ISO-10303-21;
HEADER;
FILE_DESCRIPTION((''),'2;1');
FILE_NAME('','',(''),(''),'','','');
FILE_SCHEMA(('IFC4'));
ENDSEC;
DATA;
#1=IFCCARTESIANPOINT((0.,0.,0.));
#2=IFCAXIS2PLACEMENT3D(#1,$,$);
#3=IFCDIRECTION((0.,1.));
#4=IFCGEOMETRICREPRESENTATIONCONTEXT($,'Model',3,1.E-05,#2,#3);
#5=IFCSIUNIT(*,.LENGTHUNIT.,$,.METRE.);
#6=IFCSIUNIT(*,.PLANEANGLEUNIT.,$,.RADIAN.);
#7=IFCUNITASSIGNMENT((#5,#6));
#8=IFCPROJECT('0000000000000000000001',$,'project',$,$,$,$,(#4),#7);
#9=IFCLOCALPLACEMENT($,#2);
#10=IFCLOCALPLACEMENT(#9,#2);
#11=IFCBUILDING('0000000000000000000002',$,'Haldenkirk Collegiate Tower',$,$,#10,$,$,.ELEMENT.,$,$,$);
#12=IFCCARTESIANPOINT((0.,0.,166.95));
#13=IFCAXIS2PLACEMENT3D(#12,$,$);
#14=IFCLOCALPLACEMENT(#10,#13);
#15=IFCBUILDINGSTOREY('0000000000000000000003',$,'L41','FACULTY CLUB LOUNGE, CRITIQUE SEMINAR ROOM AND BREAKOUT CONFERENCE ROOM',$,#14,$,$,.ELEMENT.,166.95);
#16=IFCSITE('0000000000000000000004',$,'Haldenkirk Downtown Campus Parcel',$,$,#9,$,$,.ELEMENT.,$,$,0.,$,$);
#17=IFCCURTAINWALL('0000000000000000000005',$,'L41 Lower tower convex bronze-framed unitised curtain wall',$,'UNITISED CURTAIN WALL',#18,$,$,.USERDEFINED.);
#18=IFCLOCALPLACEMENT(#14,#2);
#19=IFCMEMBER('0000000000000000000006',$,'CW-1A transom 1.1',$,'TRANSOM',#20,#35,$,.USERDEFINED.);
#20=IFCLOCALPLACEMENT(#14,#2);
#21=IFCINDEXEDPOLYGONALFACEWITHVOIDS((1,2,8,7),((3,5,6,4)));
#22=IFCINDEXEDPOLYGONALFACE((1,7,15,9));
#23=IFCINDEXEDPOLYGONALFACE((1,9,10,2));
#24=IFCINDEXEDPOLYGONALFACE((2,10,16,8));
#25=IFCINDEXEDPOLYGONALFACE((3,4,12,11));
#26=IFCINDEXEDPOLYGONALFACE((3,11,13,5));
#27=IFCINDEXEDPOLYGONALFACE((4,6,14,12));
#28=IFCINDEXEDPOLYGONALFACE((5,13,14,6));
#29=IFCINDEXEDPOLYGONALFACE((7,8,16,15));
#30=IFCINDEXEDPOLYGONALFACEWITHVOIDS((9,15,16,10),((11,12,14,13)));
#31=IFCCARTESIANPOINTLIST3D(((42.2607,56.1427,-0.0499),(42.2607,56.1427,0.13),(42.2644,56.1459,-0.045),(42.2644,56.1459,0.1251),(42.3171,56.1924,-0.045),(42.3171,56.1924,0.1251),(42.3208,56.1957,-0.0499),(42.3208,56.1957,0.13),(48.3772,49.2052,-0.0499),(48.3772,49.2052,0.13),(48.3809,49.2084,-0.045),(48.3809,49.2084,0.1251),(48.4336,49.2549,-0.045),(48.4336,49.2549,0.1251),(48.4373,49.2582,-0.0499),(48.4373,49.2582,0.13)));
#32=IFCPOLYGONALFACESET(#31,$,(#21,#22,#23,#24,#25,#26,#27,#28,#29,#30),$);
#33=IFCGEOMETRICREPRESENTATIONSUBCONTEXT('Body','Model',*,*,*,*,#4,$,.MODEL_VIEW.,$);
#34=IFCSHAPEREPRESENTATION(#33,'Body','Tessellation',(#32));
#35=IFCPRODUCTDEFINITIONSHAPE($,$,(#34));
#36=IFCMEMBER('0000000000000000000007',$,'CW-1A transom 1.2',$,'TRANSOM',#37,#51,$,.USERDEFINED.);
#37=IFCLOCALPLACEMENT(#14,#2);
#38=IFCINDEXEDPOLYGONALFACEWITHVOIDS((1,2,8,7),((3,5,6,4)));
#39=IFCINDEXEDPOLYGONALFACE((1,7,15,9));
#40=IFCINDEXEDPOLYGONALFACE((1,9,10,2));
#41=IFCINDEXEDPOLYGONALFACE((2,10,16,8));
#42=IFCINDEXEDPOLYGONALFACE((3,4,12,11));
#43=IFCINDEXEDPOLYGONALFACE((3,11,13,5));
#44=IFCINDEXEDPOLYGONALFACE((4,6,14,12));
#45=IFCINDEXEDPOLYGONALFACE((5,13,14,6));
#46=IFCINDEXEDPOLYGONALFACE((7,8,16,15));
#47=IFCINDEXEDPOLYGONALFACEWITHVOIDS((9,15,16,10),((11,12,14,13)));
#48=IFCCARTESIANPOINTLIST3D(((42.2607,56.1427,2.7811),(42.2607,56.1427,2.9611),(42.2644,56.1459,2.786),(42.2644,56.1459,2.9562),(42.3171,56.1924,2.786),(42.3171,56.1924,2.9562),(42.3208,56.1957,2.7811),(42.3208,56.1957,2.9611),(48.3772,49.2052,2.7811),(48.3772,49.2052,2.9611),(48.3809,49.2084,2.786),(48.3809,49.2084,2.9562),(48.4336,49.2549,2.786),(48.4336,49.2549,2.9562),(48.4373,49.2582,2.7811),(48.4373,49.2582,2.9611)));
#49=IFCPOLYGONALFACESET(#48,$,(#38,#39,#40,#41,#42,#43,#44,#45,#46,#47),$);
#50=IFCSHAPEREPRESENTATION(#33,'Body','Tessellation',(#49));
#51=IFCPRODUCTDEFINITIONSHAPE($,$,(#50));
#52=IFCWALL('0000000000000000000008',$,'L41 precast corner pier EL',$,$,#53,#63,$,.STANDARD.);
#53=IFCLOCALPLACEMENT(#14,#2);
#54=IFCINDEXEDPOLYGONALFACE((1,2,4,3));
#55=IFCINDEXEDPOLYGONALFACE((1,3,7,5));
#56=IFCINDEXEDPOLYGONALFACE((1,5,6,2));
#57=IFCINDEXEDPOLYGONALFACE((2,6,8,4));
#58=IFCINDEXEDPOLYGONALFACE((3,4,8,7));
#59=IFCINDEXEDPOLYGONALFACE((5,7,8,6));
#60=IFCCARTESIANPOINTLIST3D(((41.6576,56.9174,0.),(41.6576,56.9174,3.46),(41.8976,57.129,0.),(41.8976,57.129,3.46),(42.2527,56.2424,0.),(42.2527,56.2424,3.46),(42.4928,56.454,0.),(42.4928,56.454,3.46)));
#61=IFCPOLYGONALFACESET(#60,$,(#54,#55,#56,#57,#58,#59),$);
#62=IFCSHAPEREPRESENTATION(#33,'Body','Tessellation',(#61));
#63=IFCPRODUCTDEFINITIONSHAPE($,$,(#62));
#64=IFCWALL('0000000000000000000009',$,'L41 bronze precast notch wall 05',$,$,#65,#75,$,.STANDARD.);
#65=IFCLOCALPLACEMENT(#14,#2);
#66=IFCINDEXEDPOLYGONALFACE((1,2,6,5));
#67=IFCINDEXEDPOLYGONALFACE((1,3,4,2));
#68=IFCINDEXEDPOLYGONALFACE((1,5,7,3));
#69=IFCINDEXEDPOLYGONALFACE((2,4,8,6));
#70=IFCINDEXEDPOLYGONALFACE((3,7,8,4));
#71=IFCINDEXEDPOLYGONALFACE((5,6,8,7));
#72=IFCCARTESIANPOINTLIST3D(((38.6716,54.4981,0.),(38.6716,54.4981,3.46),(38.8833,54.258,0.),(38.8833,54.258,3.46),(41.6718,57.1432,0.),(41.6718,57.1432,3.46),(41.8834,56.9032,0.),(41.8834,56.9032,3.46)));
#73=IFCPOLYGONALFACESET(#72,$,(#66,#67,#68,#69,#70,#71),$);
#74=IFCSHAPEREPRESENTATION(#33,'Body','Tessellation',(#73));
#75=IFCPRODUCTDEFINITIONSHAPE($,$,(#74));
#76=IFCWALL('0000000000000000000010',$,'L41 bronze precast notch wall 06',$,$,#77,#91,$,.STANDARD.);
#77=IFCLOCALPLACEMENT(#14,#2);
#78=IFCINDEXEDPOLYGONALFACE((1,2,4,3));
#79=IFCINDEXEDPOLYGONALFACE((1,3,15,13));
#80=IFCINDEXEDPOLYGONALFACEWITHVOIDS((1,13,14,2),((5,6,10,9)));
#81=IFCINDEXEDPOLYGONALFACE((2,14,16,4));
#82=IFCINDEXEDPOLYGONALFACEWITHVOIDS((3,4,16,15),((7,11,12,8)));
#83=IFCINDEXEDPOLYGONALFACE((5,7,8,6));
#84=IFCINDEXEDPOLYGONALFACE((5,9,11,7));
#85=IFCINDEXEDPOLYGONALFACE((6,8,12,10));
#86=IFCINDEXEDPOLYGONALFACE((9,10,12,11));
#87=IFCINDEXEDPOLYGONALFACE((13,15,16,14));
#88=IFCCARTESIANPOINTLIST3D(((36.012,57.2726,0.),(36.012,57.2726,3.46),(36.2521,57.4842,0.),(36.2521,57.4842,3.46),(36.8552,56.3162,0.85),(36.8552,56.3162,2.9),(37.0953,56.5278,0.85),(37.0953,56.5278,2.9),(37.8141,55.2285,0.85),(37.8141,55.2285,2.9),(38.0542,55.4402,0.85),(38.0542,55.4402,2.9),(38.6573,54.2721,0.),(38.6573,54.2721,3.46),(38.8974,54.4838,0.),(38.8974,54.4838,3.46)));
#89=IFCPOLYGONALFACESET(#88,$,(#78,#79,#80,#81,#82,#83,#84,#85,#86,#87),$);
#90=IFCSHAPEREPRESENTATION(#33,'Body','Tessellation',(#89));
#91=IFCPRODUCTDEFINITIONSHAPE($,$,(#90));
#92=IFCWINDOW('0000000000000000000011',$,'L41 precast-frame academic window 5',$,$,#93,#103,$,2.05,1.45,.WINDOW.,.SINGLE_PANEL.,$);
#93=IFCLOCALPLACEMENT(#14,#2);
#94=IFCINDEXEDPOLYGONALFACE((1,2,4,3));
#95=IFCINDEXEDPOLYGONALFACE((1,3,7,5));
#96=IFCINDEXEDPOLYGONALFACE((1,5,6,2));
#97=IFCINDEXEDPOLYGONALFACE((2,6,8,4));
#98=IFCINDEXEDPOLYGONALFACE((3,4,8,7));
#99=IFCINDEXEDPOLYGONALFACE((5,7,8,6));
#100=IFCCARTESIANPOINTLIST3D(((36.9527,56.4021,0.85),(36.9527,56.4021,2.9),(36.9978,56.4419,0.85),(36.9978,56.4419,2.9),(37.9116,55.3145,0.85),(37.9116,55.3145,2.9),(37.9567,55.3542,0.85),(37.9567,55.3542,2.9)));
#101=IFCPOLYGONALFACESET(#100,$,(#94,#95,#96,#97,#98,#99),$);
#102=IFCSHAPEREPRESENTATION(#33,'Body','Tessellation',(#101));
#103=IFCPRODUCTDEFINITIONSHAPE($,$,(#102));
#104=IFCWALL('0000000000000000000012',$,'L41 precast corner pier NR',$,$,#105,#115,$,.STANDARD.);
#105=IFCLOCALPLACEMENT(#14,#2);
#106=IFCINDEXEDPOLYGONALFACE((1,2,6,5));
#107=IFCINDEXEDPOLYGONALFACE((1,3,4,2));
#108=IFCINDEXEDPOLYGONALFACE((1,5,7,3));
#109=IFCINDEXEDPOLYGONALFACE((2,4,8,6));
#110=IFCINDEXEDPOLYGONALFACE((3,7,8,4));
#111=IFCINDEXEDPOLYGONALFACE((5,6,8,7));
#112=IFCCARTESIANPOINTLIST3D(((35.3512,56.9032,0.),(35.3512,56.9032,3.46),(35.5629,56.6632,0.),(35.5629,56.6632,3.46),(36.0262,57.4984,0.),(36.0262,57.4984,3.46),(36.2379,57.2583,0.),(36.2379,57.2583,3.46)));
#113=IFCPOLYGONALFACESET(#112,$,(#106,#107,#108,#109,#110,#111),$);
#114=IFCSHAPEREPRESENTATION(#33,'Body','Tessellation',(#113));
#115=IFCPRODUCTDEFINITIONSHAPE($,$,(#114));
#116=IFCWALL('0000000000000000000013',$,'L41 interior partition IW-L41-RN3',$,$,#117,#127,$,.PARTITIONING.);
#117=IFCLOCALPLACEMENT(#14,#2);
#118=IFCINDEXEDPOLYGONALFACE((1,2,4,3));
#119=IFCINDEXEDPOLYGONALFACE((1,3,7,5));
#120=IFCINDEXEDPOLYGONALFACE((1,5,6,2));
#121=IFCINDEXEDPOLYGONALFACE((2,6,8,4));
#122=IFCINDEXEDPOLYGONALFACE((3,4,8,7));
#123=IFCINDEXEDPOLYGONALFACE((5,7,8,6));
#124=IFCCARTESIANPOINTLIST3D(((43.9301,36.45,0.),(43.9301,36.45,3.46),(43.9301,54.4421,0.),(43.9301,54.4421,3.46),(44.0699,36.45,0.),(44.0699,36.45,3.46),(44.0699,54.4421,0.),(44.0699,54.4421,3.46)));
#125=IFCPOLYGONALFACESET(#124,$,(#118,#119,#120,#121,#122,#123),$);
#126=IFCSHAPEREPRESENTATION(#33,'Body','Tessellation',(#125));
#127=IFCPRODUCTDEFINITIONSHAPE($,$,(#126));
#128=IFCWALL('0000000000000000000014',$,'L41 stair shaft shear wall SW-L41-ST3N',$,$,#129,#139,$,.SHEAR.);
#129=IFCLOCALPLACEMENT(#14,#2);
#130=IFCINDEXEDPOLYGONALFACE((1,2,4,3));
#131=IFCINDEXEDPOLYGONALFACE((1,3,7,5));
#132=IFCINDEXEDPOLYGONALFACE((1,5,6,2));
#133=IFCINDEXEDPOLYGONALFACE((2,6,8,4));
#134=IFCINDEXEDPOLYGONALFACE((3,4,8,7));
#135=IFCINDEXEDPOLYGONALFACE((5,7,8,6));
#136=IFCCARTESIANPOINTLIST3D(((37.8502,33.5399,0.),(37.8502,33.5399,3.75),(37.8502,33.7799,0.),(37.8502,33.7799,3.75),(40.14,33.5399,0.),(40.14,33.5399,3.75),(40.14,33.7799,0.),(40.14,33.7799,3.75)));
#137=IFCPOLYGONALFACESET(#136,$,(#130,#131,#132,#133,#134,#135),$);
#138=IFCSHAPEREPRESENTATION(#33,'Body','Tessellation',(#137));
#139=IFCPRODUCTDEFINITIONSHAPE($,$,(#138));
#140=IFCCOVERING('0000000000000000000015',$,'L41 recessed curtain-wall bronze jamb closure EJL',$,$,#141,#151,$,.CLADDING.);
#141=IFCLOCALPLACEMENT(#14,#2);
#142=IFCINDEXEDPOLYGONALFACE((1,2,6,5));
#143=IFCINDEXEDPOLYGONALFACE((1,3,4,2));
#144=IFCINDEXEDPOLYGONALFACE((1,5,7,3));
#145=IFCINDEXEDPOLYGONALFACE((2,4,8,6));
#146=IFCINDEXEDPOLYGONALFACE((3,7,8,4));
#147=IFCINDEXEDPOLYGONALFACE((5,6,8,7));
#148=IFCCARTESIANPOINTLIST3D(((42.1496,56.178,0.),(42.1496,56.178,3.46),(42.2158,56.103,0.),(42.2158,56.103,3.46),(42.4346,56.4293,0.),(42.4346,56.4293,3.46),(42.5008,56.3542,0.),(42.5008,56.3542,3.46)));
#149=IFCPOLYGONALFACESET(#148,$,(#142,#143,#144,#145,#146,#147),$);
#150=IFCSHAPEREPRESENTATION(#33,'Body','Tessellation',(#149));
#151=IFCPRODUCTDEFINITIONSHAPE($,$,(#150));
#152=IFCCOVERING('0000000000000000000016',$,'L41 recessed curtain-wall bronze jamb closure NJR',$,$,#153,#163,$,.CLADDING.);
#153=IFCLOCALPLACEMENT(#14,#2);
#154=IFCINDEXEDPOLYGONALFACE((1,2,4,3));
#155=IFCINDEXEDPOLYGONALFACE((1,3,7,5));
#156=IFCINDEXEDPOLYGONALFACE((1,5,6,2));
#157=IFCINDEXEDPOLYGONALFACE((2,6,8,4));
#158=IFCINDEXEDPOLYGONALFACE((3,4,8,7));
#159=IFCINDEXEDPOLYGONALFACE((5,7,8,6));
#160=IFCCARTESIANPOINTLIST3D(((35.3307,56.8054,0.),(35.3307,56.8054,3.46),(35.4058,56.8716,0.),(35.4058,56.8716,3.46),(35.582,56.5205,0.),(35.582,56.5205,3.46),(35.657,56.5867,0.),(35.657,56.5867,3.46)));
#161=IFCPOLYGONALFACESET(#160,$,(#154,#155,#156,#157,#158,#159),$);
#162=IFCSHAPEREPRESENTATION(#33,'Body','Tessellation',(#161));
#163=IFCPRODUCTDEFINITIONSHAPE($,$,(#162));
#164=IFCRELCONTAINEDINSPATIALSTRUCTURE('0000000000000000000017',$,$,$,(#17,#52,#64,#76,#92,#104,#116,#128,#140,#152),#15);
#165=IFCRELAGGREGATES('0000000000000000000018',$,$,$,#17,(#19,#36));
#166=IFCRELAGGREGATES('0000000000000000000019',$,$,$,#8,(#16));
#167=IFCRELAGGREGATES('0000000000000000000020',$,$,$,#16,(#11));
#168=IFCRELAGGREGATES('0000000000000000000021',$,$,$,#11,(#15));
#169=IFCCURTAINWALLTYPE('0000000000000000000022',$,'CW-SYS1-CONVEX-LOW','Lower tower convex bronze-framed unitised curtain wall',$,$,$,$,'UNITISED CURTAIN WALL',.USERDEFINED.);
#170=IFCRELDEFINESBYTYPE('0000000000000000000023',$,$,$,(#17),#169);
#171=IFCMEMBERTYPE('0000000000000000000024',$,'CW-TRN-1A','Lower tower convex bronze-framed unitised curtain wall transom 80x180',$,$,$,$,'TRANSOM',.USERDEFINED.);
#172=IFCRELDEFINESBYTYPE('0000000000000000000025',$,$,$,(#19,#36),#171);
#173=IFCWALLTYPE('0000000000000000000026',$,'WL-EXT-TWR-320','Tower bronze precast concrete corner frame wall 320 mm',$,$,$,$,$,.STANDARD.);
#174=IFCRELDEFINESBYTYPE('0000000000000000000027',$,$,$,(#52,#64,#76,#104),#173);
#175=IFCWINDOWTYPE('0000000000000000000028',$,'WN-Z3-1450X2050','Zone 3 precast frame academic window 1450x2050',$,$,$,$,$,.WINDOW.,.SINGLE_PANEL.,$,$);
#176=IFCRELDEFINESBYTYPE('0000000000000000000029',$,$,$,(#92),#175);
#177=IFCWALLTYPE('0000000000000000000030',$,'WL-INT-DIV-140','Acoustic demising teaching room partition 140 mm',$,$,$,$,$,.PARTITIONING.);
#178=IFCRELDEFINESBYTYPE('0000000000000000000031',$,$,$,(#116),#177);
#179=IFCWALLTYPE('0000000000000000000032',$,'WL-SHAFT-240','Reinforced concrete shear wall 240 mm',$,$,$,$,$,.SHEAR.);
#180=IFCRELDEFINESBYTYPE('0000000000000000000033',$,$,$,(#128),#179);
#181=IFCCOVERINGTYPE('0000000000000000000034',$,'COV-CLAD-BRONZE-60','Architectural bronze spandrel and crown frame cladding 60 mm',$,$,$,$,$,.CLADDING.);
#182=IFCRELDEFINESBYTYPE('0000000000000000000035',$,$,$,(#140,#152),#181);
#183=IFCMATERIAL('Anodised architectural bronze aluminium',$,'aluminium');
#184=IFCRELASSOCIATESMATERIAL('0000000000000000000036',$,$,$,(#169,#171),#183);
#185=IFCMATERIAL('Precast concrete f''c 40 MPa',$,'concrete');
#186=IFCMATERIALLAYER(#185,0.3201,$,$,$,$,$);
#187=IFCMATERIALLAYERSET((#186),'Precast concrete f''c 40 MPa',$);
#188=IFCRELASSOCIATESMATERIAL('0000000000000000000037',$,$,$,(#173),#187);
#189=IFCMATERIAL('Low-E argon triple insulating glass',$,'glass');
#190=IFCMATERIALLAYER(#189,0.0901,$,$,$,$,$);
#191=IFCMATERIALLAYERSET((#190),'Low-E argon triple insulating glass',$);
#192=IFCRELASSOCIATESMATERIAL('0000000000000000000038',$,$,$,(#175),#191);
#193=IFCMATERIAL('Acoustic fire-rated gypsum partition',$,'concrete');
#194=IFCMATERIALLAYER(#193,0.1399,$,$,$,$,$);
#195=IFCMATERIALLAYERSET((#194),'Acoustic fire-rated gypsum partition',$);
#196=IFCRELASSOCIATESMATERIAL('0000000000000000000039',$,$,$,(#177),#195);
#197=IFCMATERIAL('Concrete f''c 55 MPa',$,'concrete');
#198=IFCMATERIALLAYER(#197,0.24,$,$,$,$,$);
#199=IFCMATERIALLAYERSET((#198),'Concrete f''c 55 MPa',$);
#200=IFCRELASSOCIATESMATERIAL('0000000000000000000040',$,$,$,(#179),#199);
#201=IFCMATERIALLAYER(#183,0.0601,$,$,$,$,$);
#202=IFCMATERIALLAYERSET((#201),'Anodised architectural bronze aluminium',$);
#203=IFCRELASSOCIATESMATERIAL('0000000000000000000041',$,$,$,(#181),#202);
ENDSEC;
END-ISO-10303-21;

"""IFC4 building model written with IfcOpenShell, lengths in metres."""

from ifc_helpers import new_model, si_unit, direction, frame, frame_2d, origin, origin_2d, place, context, subcontext, project, spatial, rectangle, hollow_rectangle, extrude, source, transform, mapped, material, layer, layer_set, material_profile, profile_set, type_object, element, fill, aggregate, save


model = new_model("IFC4")

# Units and contexts
model_context = context("Model", 3, precision=1e-05, world=origin(), true_north=direction((0.0, 1.0)))
body_context = subcontext(model_context, "Body", "Model", "MODEL_VIEW")
ifc_project = project(units=[si_unit("LENGTHUNIT", "METRE"), si_unit("PLANEANGLEUNIT", "RADIAN")], contexts=[model_context])

# Site, building, storey
site_placement = place(None, origin())
site = spatial("IfcSite", under=ifc_project, at=site_placement, Name="Haldenkirk Downtown Campus Parcel", CompositionType="ELEMENT", RefElevation=0.0)
building_placement = place(site_placement, origin())
building = spatial("IfcBuilding", under=site, at=building_placement, Name="Haldenkirk Collegiate Tower", CompositionType="ELEMENT")
storey_placement = place(building_placement, frame((0.0, 0.0, 166.95)))
storey = spatial("IfcBuildingStorey", under=building, at=storey_placement, Name="L41", Description="FACULTY CLUB LOUNGE, CRITIQUE SEMINAR ROOM AND BREAKOUT CONFERENCE ROOM", CompositionType="ELEMENT", Elevation=166.95)

# Curtain wall
ifc_material_1 = material(Name="Anodised architectural bronze aluminium", Category="aluminium")
curtain_wall_type = type_object("IfcCurtainWallType", Name="CW-SYS1-CONVEX-LOW", Description="Lower tower convex bronze-framed unitised curtain wall", ElementType="UNITISED CURTAIN WALL", PredefinedType="USERDEFINED", material=ifc_material_1)
curtain_wall_1_placement = place(storey_placement, origin())
curtain_wall_1 = element("IfcCurtainWall", 1, at=curtain_wall_1_placement, inside=storey, type_object=curtain_wall_type, Name="L41 Lower tower convex bronze-framed unitised curtain wall", ObjectType="UNITISED CURTAIN WALL", PredefinedType="USERDEFINED")

# Members
ifc_material_profile_1 = material_profile(ifc_material_1, hollow_rectangle(XDim=0.0801, YDim=0.1799, WallThickness=0.0049, at=origin_2d()), Name="CW-TRN-1A")
ifc_profile_set_1 = profile_set([ifc_material_profile_1], Name="Anodised architectural bronze aluminium")
member_type_1 = type_object("IfcMemberType", Name="CW-TRN-1A", Description="Lower tower convex bronze-framed unitised curtain wall transom 80x180", ElementType="TRANSOM", PredefinedType="USERDEFINED", material=ifc_profile_set_1)
member_1_placement = place(storey_placement, frame((42.2908, 56.1692, 0.04), z_axis=(0.661326, -0.750099, 0.0), x_axis=(0.750099, 0.661326, 0.0)))
member_1 = element("IfcMember", 2, at=member_1_placement, type_object=member_type_1, Name="CW-1A transom 1.1", ObjectType="TRANSOM", PredefinedType="USERDEFINED", context=body_context, shape_type="SweptSolid", body=[
    extrude(hollow_rectangle(XDim=0.0801, YDim=0.1799, WallThickness=0.0049, at=origin_2d()), origin(), (0.0, 0.0, 1.0), 9.2488),
])
member_2_placement = place(storey_placement, frame((42.2908, 56.1692, 2.8711), z_axis=(0.661326, -0.750099, 0.0), x_axis=(0.750099, 0.661326, 0.0)))
member_2 = element("IfcMember", 3, at=member_2_placement, type_object=member_type_1, Name="CW-1A transom 1.2", ObjectType="TRANSOM", PredefinedType="USERDEFINED", context=body_context, shape_type="SweptSolid", body=[
    extrude(hollow_rectangle(XDim=0.0801, YDim=0.1799, WallThickness=0.0049, at=origin_2d()), origin(), (0.0, 0.0, 1.0), 9.2488),
])
aggregate(curtain_wall_1, [member_1, member_2])

# Walls
ifc_material_2 = material(Name="Precast concrete f'c 40 MPa", Category="concrete")
ifc_layer_1 = layer(ifc_material_2, 0.3201)
ifc_layer_set_1 = layer_set([ifc_layer_1], Name="Precast concrete f'c 40 MPa")
wall_type_1 = type_object("IfcWallType", Name="WL-EXT-TWR-320", Description="Tower bronze precast concrete corner frame wall 320 mm", PredefinedType="STANDARD", material=ifc_layer_set_1)
wall_1_placement = place(storey_placement, frame((41.7776, 57.0232, 0.0), z_axis=(0.0, 0.0, 1.0), x_axis=(0.661361, -0.750067, 0.0)))
element("IfcWall", 4, at=wall_1_placement, inside=storey, type_object=wall_type_1, Name="L41 precast corner pier EL", PredefinedType="STANDARD", context=body_context, shape_type="SweptSolid", body=[
    extrude(rectangle(XDim=0.8999, YDim=0.3201, at=frame_2d((0.45, 0.0))), origin(), (0.0, 0.0, 1.0), 3.46),
])
wall_2_placement = place(storey_placement, frame((38.7773, 54.3779, 0.0), z_axis=(0.0, 0.0, 1.0), x_axis=(0.750087, 0.661339, 0.0)))
element("IfcWall", 5, at=wall_2_placement, inside=storey, type_object=wall_type_1, Name="L41 bronze precast notch wall 05", PredefinedType="STANDARD", context=body_context, shape_type="SweptSolid", body=[
    extrude(rectangle(XDim=3.9998, YDim=0.3201, at=frame_2d((2.0, 0.0))), origin(), (0.0, 0.0, 1.0), 3.46),
])

# Wall, opening, window
wall_3_placement = place(storey_placement, frame((36.1321, 57.3784, 0.0), z_axis=(0.0, 0.0, 1.0), x_axis=(0.661309, -0.750114, 0.0)))
wall_3 = element("IfcWall", 6, at=wall_3_placement, inside=storey, type_object=wall_type_1, Name="L41 bronze precast notch wall 06", PredefinedType="STANDARD", context=body_context, shape_type="SweptSolid", body=[
    extrude(rectangle(XDim=4.0, YDim=0.3201, at=frame_2d((2.0, 0.0))), origin(), (0.0, 0.0, 1.0), 3.46),
])
opening_placement = place(wall_3_placement, frame((1.2749, 0.0, 0.8501)))
opening = element("IfcOpeningElement", 7, at=opening_placement, cuts=wall_3, PredefinedType="OPENING", context=body_context, shape_type="SweptSolid", body=[
    extrude(rectangle(XDim=1.45, YDim=2.05, at=frame_2d((0.7251, 1.0249))), frame((0.0, 0.1699, 0.0), z_axis=(0.0, -1.0, 0.0), x_axis=(1.0, 0.0, 0.0)), (0.0, 0.0, 1.0), 0.3401),
])
ifc_material_3 = material(Name="Low-E argon triple insulating glass", Category="glass")
ifc_layer_2 = layer(ifc_material_3, 0.0901)
ifc_layer_set_2 = layer_set([ifc_layer_2], Name="Low-E argon triple insulating glass")
window_type = type_object("IfcWindowType", Name="WN-Z3-1450X2050", Description="Zone 3 precast frame academic window 1450x2050", PartitioningType="SINGLE_PANEL", PredefinedType="WINDOW", material=ifc_layer_set_2)
window_placement = place(opening_placement, origin())
window = element("IfcWindow", 8, at=window_placement, inside=storey, type_object=window_type, Name="L41 precast-frame academic window 5", OverallHeight=2.05, OverallWidth=1.45, PartitioningType="SINGLE_PANEL", PredefinedType="WINDOW", context=body_context, shape_type="SweptSolid", body=[
    extrude(rectangle(XDim=1.45, YDim=2.05, at=frame_2d((0.7251, 1.0249))), frame((0.0, 0.03, 0.0), z_axis=(0.0, -1.0, 0.0), x_axis=(1.0, 0.0, 0.0)), (0.0, 0.0, 1.0), 0.0601),
])
fill(opening, window)

# Walls
wall_4_placement = place(storey_placement, frame((35.457, 56.7832, 0.0), z_axis=(0.0, 0.0, 1.0), x_axis=(0.750067, 0.661361, 0.0)))
element("IfcWall", 9, at=wall_4_placement, inside=storey, type_object=wall_type_1, Name="L41 precast corner pier NR", PredefinedType="STANDARD", context=body_context, shape_type="SweptSolid", body=[
    extrude(rectangle(XDim=0.8999, YDim=0.3201, at=frame_2d((0.45, 0.0))), origin(), (0.0, 0.0, 1.0), 3.46),
])
ifc_material_4 = material(Name="Acoustic fire-rated gypsum partition", Category="concrete")
ifc_layer_3 = layer(ifc_material_4, 0.1399)
ifc_layer_set_3 = layer_set([ifc_layer_3], Name="Acoustic fire-rated gypsum partition")
wall_type_2 = type_object("IfcWallType", Name="WL-INT-DIV-140", Description="Acoustic demising teaching room partition 140 mm", PredefinedType="PARTITIONING", material=ifc_layer_set_3)
wall_5_placement = place(storey_placement, frame((44.0, 36.45, 0.0), z_axis=(0.0, 0.0, 1.0), x_axis=(0.0, 1.0, 0.0)))
element("IfcWall", 10, at=wall_5_placement, inside=storey, type_object=wall_type_2, Name="L41 interior partition IW-L41-RN3", PredefinedType="PARTITIONING", context=body_context, shape_type="SweptSolid", body=[
    extrude(rectangle(XDim=17.9922, YDim=0.1399, at=frame_2d((8.9961, 0.0))), origin(), (0.0, 0.0, 1.0), 3.46),
])
ifc_material_5 = material(Name="Concrete f'c 55 MPa", Category="concrete")
ifc_layer_4 = layer(ifc_material_5, 0.24)
ifc_layer_set_4 = layer_set([ifc_layer_4], Name="Concrete f'c 55 MPa")
wall_type_3 = type_object("IfcWallType", Name="WL-SHAFT-240", Description="Reinforced concrete shear wall 240 mm", PredefinedType="SHEAR", material=ifc_layer_set_4)
wall_6_placement = place(storey_placement, frame((37.8501, 33.6599, 0.0), z_axis=(0.0, 0.0, 1.0), x_axis=(1.0, 0.0, 0.0)))
element("IfcWall", 11, at=wall_6_placement, inside=storey, type_object=wall_type_3, Name="L41 stair shaft shear wall SW-L41-ST3N", PredefinedType="SHEAR", context=body_context, shape_type="SweptSolid", body=[
    extrude(rectangle(XDim=2.2898, YDim=0.24, at=frame_2d((1.145, 0.0))), origin(), (0.0, 0.0, 1.0), 3.75),
])

# Coverings
ifc_layer_5 = layer(ifc_material_1, 0.0601)
ifc_layer_set_5 = layer_set([ifc_layer_5], Name="Anodised architectural bronze aluminium")
covering_type = type_object("IfcCoveringType", Name="COV-CLAD-BRONZE-60", Description="Architectural bronze spandrel and crown frame cladding 60 mm", PredefinedType="CLADDING", material=ifc_layer_set_5)
shared_shape = source(origin(), body_context, "Body", "SweptSolid", [
    extrude(rectangle(XDim=0.1001, YDim=0.3799, at=origin_2d()), origin(), (0.0, 0.0, 1.0), 3.46),
])
for number, where, z_axis, x_axis, name in (
    (12, (42.3252, 56.2661, 0.0), (0.0, 0.0, 1.0), (0.661312, -0.750111, 0.0), "L41 recessed curtain-wall bronze jamb closure EJL"),
    (13, (35.4939, 56.696, 0.0), (0.0, 0.0, 1.0), (0.750111, 0.661312, 0.0), "L41 recessed curtain-wall bronze jamb closure NJR"),
):
    element("IfcCovering", number, at=place(storey_placement, frame(where, z_axis=z_axis, x_axis=x_axis)), inside=storey, type_object=covering_type, Name=name, PredefinedType="CLADDING", context=body_context, shape_type="MappedRepresentation", body=[
        mapped(shared_shape, transform((0.0, 0.0, 0.0), x_axis=(1.0, 0.0, 0.0), y_axis=(0.0, 1.0, 0.0), z_axis=(0.0, 0.0, 1.0), scale=1.0)),
    ])

save(model, "model.ifc")
